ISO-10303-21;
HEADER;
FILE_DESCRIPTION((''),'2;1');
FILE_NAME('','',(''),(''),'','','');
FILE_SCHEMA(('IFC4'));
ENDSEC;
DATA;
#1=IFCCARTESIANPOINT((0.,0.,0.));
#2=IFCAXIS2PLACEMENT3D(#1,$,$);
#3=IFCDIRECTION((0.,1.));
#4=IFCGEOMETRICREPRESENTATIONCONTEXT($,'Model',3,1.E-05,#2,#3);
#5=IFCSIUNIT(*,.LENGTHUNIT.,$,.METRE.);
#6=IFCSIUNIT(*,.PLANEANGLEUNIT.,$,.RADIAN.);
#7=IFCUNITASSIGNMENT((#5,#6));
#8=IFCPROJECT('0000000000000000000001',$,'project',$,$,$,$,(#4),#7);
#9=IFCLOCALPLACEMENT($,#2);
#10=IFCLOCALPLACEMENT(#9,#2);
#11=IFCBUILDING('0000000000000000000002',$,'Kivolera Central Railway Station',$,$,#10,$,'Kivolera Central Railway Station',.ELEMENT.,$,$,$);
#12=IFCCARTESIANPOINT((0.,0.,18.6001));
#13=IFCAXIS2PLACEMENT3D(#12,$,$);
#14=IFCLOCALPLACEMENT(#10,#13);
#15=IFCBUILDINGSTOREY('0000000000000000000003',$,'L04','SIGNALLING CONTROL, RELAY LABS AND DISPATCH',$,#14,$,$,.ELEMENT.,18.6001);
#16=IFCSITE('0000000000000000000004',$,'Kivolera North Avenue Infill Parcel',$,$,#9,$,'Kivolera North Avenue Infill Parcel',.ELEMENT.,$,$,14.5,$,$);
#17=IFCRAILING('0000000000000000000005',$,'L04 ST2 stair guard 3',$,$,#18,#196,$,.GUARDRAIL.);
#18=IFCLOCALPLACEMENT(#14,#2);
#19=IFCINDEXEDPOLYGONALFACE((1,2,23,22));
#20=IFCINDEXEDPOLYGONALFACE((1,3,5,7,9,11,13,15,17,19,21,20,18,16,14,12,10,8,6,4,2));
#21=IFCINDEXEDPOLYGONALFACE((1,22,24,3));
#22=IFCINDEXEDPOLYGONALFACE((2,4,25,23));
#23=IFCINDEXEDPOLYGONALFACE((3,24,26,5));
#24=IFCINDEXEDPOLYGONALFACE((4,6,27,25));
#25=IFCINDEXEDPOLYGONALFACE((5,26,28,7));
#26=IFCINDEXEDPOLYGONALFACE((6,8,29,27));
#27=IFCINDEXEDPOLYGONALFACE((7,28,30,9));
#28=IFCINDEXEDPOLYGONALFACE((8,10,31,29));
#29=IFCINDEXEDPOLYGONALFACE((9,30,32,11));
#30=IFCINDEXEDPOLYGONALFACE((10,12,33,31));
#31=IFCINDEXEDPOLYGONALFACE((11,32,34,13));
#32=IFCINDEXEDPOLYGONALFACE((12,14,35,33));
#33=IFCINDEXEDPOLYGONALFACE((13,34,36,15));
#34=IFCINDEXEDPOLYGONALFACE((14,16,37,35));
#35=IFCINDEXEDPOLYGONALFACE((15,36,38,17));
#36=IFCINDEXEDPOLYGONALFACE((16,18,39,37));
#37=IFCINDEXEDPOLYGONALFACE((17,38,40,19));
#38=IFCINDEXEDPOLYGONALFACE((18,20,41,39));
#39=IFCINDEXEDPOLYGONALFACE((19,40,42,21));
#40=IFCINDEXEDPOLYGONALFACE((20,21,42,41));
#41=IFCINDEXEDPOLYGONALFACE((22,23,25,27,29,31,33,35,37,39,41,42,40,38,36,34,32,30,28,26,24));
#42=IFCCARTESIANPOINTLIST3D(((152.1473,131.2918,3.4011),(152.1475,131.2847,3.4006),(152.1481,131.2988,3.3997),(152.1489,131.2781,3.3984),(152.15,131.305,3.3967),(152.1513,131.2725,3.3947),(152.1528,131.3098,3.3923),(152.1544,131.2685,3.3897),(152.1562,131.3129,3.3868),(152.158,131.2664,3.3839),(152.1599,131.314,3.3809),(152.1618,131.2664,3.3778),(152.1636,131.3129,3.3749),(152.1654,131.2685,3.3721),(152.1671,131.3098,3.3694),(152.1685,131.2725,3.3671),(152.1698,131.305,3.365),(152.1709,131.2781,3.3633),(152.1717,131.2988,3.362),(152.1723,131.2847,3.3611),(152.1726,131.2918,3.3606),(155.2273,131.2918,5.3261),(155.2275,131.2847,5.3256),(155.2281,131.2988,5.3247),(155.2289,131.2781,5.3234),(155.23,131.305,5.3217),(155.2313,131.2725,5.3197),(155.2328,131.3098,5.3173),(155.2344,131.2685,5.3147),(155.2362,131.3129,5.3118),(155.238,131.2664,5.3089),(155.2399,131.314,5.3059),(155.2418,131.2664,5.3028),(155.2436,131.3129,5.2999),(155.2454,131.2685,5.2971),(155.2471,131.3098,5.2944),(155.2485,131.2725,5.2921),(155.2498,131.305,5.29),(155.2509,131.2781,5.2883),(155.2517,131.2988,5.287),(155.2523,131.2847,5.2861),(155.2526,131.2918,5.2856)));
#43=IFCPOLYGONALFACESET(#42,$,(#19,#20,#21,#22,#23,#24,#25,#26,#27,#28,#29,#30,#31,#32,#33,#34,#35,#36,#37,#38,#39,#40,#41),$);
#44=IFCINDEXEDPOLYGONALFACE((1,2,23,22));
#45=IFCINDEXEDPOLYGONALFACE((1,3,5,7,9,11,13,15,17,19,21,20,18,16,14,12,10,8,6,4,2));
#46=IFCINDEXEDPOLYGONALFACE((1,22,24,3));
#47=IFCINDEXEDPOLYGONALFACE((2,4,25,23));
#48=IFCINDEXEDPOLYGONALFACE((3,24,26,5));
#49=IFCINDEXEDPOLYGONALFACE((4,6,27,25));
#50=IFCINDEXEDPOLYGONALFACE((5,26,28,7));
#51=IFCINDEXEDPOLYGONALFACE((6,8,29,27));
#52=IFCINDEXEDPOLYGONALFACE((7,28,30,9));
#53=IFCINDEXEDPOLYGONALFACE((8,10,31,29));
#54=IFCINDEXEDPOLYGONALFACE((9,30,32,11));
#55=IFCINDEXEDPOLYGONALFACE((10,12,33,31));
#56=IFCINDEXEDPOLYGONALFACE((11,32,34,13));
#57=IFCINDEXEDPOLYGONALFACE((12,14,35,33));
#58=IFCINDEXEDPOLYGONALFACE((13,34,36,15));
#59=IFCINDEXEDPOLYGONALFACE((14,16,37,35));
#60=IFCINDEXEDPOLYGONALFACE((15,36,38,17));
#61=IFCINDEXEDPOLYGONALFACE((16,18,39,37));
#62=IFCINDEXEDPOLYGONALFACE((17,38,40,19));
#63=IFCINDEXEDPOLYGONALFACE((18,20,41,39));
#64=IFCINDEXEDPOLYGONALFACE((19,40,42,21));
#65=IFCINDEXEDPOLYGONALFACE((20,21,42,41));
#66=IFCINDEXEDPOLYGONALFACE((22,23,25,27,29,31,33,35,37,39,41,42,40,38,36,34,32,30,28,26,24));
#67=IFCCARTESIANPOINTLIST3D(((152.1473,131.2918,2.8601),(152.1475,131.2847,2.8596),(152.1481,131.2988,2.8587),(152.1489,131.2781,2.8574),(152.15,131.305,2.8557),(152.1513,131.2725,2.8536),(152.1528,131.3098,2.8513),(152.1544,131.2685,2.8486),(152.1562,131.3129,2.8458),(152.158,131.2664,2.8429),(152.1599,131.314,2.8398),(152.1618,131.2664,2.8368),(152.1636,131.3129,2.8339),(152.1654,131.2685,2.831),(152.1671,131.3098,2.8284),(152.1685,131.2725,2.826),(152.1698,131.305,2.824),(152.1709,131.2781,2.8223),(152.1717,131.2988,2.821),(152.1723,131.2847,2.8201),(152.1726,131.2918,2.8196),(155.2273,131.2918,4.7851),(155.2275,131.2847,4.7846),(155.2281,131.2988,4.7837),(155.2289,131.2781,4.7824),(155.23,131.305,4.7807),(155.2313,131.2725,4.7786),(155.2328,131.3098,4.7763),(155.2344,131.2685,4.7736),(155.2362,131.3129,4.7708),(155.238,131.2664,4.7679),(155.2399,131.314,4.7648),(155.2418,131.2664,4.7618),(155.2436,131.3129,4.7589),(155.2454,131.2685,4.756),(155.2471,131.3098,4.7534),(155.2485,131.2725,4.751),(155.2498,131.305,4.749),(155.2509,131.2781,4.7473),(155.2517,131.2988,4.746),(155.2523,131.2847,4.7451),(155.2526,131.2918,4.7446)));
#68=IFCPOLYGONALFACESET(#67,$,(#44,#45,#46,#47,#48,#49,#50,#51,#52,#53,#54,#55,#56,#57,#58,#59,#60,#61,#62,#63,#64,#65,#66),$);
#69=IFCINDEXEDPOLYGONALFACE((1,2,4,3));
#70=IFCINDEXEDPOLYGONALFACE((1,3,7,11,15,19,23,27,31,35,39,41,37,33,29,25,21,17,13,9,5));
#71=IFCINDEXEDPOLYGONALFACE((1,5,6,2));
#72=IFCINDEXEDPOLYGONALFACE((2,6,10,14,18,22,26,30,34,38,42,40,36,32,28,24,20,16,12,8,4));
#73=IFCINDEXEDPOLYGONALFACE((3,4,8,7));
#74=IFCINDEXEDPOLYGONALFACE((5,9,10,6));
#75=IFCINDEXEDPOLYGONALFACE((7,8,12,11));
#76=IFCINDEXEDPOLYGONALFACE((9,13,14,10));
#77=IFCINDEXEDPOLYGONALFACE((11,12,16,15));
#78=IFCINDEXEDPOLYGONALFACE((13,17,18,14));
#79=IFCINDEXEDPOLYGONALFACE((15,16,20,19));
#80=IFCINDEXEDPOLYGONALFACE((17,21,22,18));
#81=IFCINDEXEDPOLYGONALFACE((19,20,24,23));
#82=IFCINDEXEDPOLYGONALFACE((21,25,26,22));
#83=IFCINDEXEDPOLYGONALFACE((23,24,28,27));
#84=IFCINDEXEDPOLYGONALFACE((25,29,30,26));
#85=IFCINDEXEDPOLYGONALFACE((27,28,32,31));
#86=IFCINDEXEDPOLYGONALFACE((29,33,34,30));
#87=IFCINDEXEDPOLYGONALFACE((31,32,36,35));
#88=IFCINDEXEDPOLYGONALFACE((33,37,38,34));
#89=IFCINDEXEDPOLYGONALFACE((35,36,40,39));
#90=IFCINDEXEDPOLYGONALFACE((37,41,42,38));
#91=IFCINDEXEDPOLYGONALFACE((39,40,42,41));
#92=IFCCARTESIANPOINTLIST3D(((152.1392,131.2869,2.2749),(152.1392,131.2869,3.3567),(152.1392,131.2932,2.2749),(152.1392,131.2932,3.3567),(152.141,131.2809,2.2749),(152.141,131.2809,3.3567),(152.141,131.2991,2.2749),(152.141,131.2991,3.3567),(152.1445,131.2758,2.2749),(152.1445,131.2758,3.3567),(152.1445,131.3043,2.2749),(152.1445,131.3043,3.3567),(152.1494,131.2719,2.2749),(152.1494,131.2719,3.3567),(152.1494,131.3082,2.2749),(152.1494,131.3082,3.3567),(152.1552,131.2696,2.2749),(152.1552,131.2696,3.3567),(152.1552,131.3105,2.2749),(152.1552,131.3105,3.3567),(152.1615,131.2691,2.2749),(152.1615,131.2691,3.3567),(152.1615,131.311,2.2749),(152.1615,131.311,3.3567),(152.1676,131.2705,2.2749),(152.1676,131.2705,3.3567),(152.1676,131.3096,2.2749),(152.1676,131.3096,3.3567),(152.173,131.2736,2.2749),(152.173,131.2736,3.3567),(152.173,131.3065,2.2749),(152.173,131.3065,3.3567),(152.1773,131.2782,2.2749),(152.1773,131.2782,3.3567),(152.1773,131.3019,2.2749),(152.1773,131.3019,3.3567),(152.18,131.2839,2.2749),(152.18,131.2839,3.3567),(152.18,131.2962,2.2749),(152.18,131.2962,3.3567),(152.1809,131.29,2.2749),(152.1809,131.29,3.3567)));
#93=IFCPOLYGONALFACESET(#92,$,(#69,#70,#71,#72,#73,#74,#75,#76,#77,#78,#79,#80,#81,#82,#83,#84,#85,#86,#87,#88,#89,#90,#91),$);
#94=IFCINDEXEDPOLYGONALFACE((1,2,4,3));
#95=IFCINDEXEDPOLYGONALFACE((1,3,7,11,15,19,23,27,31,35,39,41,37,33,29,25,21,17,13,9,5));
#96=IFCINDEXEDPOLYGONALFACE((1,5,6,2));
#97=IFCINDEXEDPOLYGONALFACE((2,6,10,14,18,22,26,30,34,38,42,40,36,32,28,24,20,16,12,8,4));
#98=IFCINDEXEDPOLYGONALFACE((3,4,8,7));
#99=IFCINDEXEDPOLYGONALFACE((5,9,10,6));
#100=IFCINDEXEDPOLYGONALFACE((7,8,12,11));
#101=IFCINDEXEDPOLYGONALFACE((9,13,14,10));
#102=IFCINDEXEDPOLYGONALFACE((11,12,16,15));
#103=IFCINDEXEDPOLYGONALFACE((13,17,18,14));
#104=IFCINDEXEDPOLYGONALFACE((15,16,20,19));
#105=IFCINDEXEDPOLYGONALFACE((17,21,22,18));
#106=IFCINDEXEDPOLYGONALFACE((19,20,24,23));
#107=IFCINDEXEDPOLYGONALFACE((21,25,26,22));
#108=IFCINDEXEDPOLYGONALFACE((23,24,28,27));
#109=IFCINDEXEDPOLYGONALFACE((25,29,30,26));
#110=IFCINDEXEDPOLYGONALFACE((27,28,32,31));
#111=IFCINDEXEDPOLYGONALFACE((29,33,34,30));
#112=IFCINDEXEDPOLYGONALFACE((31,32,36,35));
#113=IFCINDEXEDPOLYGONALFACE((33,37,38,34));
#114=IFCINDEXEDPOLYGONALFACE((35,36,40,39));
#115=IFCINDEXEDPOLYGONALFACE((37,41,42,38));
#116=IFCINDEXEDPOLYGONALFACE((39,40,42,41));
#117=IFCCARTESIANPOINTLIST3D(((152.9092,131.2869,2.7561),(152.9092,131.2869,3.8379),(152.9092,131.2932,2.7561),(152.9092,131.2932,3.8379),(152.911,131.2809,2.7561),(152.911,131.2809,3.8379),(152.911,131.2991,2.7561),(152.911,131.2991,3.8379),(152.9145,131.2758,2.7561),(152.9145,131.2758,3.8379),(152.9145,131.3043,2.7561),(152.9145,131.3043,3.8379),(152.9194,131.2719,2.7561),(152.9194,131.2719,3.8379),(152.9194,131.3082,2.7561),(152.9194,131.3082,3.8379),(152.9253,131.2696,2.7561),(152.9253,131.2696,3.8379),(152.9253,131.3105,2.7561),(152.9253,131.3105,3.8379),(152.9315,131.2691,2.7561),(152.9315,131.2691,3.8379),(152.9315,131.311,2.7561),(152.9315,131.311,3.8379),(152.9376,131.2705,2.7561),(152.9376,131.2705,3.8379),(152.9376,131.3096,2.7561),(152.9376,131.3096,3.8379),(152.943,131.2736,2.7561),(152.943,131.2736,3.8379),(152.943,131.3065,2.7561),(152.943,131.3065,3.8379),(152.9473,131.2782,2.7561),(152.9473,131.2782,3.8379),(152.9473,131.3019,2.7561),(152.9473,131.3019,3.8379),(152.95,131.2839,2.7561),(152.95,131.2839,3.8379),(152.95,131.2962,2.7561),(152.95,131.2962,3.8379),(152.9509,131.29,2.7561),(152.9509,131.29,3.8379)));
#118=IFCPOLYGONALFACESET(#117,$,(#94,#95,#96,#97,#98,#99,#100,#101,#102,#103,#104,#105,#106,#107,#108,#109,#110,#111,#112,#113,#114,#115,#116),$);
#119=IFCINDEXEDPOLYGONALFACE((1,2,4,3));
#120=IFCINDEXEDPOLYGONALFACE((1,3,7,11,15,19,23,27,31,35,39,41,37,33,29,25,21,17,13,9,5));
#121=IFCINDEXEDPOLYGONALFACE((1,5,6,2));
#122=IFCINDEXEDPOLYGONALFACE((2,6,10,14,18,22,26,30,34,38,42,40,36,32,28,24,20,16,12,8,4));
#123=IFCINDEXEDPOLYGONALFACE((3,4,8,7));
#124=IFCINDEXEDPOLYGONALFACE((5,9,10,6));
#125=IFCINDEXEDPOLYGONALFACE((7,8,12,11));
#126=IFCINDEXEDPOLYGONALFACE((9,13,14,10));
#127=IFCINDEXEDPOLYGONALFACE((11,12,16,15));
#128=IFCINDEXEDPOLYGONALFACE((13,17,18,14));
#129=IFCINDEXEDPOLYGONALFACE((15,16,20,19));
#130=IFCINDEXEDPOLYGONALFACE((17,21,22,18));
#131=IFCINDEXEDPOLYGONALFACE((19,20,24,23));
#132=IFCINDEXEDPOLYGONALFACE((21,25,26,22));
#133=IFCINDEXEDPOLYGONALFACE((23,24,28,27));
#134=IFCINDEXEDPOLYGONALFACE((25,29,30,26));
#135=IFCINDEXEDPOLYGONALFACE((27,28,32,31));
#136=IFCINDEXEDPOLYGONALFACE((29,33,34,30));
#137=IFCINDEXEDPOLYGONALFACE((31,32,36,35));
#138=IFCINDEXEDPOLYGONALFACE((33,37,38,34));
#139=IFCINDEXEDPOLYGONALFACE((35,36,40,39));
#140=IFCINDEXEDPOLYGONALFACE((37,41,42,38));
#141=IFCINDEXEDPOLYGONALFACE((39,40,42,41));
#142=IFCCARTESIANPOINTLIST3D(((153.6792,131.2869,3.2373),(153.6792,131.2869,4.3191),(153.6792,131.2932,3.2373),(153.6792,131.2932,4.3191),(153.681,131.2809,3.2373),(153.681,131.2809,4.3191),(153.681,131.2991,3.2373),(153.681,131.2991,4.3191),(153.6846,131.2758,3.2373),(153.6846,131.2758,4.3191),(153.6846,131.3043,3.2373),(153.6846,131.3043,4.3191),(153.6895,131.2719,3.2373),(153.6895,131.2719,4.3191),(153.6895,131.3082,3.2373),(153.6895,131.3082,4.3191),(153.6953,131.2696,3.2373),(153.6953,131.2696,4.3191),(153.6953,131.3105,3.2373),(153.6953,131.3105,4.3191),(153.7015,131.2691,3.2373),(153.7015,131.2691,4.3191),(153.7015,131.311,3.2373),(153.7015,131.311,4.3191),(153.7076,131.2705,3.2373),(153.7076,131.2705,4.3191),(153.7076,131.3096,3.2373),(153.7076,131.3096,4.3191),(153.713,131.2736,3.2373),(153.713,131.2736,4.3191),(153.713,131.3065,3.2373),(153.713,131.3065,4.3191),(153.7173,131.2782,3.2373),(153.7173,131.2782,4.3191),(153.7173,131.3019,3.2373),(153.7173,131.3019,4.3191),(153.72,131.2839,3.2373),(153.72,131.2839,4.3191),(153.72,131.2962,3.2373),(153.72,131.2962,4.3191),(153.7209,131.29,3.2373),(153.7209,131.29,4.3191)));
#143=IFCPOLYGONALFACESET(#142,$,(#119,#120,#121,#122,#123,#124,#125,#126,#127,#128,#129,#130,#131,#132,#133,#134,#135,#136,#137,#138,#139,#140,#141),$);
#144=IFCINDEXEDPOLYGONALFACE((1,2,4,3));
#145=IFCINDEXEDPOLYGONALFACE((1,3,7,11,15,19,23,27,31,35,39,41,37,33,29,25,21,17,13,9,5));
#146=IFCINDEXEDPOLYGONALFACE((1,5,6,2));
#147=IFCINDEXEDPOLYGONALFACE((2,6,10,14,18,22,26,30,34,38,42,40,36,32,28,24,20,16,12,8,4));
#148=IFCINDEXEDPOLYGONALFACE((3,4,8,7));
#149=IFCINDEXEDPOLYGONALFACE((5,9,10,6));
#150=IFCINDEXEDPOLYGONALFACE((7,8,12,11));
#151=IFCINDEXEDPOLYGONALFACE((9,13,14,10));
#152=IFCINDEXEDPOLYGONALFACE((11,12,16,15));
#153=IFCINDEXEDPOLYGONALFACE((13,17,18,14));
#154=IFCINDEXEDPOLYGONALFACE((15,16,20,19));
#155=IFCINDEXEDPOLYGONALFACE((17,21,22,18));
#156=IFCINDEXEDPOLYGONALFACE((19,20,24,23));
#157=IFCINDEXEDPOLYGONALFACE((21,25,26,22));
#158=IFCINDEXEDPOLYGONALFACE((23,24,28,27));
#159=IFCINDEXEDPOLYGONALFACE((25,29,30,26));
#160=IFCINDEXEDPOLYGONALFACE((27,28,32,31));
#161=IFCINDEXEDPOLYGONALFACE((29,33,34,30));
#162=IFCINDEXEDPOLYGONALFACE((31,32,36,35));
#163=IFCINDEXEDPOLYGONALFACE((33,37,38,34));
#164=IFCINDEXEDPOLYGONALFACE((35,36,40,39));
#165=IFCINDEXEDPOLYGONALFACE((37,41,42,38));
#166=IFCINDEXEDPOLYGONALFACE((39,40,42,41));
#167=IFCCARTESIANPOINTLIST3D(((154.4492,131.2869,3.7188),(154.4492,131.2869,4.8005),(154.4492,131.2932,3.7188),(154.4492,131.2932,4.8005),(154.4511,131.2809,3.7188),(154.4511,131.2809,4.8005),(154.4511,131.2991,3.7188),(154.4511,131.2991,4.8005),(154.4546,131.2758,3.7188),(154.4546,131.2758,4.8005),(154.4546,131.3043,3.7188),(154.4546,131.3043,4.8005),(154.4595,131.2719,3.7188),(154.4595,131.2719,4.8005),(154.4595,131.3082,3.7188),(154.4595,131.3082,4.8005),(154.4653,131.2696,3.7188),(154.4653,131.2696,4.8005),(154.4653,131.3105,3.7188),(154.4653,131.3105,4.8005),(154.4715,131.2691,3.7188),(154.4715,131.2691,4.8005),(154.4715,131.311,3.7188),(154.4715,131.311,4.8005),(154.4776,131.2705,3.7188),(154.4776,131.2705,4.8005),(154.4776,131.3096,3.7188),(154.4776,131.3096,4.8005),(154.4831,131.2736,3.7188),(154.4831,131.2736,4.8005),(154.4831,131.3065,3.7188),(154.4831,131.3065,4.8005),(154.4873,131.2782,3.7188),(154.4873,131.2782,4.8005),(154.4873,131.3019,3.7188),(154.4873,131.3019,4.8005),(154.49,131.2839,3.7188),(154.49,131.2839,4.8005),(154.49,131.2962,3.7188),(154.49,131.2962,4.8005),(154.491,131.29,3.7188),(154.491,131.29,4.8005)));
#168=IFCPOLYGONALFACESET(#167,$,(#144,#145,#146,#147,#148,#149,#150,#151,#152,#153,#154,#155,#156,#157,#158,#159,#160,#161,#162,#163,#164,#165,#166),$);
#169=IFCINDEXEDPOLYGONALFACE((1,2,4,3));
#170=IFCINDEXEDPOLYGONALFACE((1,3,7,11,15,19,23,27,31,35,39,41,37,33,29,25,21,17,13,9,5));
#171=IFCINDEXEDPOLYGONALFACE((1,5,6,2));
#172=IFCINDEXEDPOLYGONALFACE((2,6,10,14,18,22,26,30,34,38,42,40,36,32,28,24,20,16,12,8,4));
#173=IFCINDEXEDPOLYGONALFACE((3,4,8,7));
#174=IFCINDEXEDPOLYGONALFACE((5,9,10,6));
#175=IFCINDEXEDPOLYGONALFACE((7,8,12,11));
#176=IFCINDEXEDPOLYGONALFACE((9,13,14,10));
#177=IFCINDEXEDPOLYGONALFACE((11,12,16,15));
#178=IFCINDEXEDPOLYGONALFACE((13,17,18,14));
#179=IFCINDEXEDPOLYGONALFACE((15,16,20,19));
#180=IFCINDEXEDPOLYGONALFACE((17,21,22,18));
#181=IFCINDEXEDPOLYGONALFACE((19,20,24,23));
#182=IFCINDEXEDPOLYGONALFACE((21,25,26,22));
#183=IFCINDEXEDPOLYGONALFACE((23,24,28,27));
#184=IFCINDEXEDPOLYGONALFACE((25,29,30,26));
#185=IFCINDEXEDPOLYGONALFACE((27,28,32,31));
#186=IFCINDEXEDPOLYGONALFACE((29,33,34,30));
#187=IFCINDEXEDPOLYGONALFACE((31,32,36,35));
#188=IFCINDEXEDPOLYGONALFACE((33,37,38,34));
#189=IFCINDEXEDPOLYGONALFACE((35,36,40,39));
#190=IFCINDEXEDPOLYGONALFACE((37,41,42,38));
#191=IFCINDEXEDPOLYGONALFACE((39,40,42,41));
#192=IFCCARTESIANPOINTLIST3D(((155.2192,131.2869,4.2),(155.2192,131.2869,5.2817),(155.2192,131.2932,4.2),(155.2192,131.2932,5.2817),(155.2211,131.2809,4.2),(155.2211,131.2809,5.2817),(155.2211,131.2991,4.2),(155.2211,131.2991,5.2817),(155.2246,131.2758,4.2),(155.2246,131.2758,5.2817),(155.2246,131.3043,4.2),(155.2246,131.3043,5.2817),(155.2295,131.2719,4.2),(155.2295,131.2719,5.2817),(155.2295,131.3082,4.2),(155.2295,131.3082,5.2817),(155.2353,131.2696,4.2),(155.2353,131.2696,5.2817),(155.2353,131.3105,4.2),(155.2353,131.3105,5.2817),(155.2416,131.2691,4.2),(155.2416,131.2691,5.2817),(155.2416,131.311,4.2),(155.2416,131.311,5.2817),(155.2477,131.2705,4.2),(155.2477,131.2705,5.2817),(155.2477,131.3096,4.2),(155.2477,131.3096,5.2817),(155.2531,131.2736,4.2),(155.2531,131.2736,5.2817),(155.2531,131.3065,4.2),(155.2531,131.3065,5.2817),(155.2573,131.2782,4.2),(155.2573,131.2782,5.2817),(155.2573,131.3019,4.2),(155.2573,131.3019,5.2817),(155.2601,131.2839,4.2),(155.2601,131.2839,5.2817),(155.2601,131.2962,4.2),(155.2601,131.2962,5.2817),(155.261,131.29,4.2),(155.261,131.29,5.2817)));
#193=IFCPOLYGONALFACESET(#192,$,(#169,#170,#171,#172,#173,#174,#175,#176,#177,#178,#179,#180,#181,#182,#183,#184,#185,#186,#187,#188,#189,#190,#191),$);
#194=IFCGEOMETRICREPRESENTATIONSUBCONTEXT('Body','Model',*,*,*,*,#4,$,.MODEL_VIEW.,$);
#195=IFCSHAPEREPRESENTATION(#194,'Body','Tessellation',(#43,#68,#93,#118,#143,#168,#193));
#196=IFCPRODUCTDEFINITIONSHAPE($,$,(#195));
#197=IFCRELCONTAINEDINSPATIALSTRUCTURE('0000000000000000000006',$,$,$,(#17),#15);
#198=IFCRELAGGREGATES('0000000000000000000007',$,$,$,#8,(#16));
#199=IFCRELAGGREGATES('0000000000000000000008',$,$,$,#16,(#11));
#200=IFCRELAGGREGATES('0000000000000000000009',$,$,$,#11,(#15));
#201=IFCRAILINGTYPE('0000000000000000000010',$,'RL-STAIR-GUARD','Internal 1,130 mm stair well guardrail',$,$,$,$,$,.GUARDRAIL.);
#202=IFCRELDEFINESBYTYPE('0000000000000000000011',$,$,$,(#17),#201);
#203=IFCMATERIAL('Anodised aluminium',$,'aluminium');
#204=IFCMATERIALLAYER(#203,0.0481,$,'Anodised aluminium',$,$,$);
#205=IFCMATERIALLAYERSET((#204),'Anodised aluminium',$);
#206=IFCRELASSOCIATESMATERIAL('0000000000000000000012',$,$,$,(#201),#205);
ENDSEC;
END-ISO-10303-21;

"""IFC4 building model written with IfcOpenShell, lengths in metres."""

from ifc_helpers import new_model, si_unit, direction, frame, origin, origin_2d, place, context, subcontext, project, spatial, circle, extrude, material, layer, layer_set, type_object, element, save


model = new_model("IFC4")

# Units and contexts
model_context = context("Model", 3, precision=1e-05, world=origin(), true_north=direction((0.0, 1.0)))
body_context = subcontext(model_context, "Body", "Model", "MODEL_VIEW")
ifc_project = project(units=[si_unit("LENGTHUNIT", "METRE"), si_unit("PLANEANGLEUNIT", "RADIAN")], contexts=[model_context])

# Site, building, storey
site_placement = place(None, origin())
site = spatial("IfcSite", under=ifc_project, at=site_placement, Name="Kivolera North Avenue Infill Parcel", LongName="Kivolera North Avenue Infill Parcel", CompositionType="ELEMENT", RefElevation=14.5)
building_placement = place(site_placement, origin())
building = spatial("IfcBuilding", under=site, at=building_placement, Name="Kivolera Central Railway Station", LongName="Kivolera Central Railway Station", CompositionType="ELEMENT")
storey_placement = place(building_placement, frame((0.0, 0.0, 18.6001)))
storey = spatial("IfcBuildingStorey", under=building, at=storey_placement, Name="L04", Description="SIGNALLING CONTROL, RELAY LABS AND DISPATCH", CompositionType="ELEMENT", Elevation=18.6001)

# Shared definitions
ifc_material_1 = material(Name="Anodised aluminium", Category="aluminium")

# Railing
ifc_layer_1 = layer(ifc_material_1, 0.0481, Name="Anodised aluminium")
ifc_layer_set_1 = layer_set([ifc_layer_1], Name="Anodised aluminium")
railing_type_1 = type_object("IfcRailingType", Name="RL-STAIR-GUARD", Description="Internal 1,130 mm stair well guardrail", PredefinedType="GUARDRAIL", material=ifc_layer_set_1)
railing_1_placement = place(storey_placement, frame((152.1599, 131.29, 2.2749)))
element("IfcRailing", 1, at=railing_1_placement, inside=storey, type_object=railing_type_1, Name="L04 ST2 stair guard 3", PredefinedType="GUARDRAIL", context=body_context, shape_type="SweptSolid", body=[
    extrude(circle(Radius=0.0239, at=origin_2d()), frame((0.0, 0.0, 1.106), z_axis=(0.847998, 0.0, 0.529999), x_axis=(0.0, 1.0, 0.0)), (0.0, 0.0, 1.0), 3.6321),
    extrude(circle(Radius=0.0239, at=origin_2d()), frame((0.0, 0.0, 0.5649), z_axis=(0.847998, 0.0, 0.529999), x_axis=(0.0, 1.0, 0.0)), (0.0, 0.0, 1.0), 3.6321),
    extrude(circle(Radius=0.021, at=origin_2d()), origin(), (0.0, 0.0, 1.0), 1.0818),
    extrude(circle(Radius=0.021, at=origin_2d()), frame((0.77, 0.0, 0.4812)), (0.0, 0.0, 1.0), 1.0818),
    extrude(circle(Radius=0.021, at=origin_2d()), frame((1.54, 0.0, 0.9624)), (0.0, 0.0, 1.0), 1.0818),
    extrude(circle(Radius=0.021, at=origin_2d()), frame((2.3101, 0.0, 1.4438)), (0.0, 0.0, 1.0), 1.0818),
    extrude(circle(Radius=0.021, at=origin_2d()), frame((3.0801, 0.0, 1.925)), (0.0, 0.0, 1.0), 1.0818),
])

save(model, "model.ifc")
